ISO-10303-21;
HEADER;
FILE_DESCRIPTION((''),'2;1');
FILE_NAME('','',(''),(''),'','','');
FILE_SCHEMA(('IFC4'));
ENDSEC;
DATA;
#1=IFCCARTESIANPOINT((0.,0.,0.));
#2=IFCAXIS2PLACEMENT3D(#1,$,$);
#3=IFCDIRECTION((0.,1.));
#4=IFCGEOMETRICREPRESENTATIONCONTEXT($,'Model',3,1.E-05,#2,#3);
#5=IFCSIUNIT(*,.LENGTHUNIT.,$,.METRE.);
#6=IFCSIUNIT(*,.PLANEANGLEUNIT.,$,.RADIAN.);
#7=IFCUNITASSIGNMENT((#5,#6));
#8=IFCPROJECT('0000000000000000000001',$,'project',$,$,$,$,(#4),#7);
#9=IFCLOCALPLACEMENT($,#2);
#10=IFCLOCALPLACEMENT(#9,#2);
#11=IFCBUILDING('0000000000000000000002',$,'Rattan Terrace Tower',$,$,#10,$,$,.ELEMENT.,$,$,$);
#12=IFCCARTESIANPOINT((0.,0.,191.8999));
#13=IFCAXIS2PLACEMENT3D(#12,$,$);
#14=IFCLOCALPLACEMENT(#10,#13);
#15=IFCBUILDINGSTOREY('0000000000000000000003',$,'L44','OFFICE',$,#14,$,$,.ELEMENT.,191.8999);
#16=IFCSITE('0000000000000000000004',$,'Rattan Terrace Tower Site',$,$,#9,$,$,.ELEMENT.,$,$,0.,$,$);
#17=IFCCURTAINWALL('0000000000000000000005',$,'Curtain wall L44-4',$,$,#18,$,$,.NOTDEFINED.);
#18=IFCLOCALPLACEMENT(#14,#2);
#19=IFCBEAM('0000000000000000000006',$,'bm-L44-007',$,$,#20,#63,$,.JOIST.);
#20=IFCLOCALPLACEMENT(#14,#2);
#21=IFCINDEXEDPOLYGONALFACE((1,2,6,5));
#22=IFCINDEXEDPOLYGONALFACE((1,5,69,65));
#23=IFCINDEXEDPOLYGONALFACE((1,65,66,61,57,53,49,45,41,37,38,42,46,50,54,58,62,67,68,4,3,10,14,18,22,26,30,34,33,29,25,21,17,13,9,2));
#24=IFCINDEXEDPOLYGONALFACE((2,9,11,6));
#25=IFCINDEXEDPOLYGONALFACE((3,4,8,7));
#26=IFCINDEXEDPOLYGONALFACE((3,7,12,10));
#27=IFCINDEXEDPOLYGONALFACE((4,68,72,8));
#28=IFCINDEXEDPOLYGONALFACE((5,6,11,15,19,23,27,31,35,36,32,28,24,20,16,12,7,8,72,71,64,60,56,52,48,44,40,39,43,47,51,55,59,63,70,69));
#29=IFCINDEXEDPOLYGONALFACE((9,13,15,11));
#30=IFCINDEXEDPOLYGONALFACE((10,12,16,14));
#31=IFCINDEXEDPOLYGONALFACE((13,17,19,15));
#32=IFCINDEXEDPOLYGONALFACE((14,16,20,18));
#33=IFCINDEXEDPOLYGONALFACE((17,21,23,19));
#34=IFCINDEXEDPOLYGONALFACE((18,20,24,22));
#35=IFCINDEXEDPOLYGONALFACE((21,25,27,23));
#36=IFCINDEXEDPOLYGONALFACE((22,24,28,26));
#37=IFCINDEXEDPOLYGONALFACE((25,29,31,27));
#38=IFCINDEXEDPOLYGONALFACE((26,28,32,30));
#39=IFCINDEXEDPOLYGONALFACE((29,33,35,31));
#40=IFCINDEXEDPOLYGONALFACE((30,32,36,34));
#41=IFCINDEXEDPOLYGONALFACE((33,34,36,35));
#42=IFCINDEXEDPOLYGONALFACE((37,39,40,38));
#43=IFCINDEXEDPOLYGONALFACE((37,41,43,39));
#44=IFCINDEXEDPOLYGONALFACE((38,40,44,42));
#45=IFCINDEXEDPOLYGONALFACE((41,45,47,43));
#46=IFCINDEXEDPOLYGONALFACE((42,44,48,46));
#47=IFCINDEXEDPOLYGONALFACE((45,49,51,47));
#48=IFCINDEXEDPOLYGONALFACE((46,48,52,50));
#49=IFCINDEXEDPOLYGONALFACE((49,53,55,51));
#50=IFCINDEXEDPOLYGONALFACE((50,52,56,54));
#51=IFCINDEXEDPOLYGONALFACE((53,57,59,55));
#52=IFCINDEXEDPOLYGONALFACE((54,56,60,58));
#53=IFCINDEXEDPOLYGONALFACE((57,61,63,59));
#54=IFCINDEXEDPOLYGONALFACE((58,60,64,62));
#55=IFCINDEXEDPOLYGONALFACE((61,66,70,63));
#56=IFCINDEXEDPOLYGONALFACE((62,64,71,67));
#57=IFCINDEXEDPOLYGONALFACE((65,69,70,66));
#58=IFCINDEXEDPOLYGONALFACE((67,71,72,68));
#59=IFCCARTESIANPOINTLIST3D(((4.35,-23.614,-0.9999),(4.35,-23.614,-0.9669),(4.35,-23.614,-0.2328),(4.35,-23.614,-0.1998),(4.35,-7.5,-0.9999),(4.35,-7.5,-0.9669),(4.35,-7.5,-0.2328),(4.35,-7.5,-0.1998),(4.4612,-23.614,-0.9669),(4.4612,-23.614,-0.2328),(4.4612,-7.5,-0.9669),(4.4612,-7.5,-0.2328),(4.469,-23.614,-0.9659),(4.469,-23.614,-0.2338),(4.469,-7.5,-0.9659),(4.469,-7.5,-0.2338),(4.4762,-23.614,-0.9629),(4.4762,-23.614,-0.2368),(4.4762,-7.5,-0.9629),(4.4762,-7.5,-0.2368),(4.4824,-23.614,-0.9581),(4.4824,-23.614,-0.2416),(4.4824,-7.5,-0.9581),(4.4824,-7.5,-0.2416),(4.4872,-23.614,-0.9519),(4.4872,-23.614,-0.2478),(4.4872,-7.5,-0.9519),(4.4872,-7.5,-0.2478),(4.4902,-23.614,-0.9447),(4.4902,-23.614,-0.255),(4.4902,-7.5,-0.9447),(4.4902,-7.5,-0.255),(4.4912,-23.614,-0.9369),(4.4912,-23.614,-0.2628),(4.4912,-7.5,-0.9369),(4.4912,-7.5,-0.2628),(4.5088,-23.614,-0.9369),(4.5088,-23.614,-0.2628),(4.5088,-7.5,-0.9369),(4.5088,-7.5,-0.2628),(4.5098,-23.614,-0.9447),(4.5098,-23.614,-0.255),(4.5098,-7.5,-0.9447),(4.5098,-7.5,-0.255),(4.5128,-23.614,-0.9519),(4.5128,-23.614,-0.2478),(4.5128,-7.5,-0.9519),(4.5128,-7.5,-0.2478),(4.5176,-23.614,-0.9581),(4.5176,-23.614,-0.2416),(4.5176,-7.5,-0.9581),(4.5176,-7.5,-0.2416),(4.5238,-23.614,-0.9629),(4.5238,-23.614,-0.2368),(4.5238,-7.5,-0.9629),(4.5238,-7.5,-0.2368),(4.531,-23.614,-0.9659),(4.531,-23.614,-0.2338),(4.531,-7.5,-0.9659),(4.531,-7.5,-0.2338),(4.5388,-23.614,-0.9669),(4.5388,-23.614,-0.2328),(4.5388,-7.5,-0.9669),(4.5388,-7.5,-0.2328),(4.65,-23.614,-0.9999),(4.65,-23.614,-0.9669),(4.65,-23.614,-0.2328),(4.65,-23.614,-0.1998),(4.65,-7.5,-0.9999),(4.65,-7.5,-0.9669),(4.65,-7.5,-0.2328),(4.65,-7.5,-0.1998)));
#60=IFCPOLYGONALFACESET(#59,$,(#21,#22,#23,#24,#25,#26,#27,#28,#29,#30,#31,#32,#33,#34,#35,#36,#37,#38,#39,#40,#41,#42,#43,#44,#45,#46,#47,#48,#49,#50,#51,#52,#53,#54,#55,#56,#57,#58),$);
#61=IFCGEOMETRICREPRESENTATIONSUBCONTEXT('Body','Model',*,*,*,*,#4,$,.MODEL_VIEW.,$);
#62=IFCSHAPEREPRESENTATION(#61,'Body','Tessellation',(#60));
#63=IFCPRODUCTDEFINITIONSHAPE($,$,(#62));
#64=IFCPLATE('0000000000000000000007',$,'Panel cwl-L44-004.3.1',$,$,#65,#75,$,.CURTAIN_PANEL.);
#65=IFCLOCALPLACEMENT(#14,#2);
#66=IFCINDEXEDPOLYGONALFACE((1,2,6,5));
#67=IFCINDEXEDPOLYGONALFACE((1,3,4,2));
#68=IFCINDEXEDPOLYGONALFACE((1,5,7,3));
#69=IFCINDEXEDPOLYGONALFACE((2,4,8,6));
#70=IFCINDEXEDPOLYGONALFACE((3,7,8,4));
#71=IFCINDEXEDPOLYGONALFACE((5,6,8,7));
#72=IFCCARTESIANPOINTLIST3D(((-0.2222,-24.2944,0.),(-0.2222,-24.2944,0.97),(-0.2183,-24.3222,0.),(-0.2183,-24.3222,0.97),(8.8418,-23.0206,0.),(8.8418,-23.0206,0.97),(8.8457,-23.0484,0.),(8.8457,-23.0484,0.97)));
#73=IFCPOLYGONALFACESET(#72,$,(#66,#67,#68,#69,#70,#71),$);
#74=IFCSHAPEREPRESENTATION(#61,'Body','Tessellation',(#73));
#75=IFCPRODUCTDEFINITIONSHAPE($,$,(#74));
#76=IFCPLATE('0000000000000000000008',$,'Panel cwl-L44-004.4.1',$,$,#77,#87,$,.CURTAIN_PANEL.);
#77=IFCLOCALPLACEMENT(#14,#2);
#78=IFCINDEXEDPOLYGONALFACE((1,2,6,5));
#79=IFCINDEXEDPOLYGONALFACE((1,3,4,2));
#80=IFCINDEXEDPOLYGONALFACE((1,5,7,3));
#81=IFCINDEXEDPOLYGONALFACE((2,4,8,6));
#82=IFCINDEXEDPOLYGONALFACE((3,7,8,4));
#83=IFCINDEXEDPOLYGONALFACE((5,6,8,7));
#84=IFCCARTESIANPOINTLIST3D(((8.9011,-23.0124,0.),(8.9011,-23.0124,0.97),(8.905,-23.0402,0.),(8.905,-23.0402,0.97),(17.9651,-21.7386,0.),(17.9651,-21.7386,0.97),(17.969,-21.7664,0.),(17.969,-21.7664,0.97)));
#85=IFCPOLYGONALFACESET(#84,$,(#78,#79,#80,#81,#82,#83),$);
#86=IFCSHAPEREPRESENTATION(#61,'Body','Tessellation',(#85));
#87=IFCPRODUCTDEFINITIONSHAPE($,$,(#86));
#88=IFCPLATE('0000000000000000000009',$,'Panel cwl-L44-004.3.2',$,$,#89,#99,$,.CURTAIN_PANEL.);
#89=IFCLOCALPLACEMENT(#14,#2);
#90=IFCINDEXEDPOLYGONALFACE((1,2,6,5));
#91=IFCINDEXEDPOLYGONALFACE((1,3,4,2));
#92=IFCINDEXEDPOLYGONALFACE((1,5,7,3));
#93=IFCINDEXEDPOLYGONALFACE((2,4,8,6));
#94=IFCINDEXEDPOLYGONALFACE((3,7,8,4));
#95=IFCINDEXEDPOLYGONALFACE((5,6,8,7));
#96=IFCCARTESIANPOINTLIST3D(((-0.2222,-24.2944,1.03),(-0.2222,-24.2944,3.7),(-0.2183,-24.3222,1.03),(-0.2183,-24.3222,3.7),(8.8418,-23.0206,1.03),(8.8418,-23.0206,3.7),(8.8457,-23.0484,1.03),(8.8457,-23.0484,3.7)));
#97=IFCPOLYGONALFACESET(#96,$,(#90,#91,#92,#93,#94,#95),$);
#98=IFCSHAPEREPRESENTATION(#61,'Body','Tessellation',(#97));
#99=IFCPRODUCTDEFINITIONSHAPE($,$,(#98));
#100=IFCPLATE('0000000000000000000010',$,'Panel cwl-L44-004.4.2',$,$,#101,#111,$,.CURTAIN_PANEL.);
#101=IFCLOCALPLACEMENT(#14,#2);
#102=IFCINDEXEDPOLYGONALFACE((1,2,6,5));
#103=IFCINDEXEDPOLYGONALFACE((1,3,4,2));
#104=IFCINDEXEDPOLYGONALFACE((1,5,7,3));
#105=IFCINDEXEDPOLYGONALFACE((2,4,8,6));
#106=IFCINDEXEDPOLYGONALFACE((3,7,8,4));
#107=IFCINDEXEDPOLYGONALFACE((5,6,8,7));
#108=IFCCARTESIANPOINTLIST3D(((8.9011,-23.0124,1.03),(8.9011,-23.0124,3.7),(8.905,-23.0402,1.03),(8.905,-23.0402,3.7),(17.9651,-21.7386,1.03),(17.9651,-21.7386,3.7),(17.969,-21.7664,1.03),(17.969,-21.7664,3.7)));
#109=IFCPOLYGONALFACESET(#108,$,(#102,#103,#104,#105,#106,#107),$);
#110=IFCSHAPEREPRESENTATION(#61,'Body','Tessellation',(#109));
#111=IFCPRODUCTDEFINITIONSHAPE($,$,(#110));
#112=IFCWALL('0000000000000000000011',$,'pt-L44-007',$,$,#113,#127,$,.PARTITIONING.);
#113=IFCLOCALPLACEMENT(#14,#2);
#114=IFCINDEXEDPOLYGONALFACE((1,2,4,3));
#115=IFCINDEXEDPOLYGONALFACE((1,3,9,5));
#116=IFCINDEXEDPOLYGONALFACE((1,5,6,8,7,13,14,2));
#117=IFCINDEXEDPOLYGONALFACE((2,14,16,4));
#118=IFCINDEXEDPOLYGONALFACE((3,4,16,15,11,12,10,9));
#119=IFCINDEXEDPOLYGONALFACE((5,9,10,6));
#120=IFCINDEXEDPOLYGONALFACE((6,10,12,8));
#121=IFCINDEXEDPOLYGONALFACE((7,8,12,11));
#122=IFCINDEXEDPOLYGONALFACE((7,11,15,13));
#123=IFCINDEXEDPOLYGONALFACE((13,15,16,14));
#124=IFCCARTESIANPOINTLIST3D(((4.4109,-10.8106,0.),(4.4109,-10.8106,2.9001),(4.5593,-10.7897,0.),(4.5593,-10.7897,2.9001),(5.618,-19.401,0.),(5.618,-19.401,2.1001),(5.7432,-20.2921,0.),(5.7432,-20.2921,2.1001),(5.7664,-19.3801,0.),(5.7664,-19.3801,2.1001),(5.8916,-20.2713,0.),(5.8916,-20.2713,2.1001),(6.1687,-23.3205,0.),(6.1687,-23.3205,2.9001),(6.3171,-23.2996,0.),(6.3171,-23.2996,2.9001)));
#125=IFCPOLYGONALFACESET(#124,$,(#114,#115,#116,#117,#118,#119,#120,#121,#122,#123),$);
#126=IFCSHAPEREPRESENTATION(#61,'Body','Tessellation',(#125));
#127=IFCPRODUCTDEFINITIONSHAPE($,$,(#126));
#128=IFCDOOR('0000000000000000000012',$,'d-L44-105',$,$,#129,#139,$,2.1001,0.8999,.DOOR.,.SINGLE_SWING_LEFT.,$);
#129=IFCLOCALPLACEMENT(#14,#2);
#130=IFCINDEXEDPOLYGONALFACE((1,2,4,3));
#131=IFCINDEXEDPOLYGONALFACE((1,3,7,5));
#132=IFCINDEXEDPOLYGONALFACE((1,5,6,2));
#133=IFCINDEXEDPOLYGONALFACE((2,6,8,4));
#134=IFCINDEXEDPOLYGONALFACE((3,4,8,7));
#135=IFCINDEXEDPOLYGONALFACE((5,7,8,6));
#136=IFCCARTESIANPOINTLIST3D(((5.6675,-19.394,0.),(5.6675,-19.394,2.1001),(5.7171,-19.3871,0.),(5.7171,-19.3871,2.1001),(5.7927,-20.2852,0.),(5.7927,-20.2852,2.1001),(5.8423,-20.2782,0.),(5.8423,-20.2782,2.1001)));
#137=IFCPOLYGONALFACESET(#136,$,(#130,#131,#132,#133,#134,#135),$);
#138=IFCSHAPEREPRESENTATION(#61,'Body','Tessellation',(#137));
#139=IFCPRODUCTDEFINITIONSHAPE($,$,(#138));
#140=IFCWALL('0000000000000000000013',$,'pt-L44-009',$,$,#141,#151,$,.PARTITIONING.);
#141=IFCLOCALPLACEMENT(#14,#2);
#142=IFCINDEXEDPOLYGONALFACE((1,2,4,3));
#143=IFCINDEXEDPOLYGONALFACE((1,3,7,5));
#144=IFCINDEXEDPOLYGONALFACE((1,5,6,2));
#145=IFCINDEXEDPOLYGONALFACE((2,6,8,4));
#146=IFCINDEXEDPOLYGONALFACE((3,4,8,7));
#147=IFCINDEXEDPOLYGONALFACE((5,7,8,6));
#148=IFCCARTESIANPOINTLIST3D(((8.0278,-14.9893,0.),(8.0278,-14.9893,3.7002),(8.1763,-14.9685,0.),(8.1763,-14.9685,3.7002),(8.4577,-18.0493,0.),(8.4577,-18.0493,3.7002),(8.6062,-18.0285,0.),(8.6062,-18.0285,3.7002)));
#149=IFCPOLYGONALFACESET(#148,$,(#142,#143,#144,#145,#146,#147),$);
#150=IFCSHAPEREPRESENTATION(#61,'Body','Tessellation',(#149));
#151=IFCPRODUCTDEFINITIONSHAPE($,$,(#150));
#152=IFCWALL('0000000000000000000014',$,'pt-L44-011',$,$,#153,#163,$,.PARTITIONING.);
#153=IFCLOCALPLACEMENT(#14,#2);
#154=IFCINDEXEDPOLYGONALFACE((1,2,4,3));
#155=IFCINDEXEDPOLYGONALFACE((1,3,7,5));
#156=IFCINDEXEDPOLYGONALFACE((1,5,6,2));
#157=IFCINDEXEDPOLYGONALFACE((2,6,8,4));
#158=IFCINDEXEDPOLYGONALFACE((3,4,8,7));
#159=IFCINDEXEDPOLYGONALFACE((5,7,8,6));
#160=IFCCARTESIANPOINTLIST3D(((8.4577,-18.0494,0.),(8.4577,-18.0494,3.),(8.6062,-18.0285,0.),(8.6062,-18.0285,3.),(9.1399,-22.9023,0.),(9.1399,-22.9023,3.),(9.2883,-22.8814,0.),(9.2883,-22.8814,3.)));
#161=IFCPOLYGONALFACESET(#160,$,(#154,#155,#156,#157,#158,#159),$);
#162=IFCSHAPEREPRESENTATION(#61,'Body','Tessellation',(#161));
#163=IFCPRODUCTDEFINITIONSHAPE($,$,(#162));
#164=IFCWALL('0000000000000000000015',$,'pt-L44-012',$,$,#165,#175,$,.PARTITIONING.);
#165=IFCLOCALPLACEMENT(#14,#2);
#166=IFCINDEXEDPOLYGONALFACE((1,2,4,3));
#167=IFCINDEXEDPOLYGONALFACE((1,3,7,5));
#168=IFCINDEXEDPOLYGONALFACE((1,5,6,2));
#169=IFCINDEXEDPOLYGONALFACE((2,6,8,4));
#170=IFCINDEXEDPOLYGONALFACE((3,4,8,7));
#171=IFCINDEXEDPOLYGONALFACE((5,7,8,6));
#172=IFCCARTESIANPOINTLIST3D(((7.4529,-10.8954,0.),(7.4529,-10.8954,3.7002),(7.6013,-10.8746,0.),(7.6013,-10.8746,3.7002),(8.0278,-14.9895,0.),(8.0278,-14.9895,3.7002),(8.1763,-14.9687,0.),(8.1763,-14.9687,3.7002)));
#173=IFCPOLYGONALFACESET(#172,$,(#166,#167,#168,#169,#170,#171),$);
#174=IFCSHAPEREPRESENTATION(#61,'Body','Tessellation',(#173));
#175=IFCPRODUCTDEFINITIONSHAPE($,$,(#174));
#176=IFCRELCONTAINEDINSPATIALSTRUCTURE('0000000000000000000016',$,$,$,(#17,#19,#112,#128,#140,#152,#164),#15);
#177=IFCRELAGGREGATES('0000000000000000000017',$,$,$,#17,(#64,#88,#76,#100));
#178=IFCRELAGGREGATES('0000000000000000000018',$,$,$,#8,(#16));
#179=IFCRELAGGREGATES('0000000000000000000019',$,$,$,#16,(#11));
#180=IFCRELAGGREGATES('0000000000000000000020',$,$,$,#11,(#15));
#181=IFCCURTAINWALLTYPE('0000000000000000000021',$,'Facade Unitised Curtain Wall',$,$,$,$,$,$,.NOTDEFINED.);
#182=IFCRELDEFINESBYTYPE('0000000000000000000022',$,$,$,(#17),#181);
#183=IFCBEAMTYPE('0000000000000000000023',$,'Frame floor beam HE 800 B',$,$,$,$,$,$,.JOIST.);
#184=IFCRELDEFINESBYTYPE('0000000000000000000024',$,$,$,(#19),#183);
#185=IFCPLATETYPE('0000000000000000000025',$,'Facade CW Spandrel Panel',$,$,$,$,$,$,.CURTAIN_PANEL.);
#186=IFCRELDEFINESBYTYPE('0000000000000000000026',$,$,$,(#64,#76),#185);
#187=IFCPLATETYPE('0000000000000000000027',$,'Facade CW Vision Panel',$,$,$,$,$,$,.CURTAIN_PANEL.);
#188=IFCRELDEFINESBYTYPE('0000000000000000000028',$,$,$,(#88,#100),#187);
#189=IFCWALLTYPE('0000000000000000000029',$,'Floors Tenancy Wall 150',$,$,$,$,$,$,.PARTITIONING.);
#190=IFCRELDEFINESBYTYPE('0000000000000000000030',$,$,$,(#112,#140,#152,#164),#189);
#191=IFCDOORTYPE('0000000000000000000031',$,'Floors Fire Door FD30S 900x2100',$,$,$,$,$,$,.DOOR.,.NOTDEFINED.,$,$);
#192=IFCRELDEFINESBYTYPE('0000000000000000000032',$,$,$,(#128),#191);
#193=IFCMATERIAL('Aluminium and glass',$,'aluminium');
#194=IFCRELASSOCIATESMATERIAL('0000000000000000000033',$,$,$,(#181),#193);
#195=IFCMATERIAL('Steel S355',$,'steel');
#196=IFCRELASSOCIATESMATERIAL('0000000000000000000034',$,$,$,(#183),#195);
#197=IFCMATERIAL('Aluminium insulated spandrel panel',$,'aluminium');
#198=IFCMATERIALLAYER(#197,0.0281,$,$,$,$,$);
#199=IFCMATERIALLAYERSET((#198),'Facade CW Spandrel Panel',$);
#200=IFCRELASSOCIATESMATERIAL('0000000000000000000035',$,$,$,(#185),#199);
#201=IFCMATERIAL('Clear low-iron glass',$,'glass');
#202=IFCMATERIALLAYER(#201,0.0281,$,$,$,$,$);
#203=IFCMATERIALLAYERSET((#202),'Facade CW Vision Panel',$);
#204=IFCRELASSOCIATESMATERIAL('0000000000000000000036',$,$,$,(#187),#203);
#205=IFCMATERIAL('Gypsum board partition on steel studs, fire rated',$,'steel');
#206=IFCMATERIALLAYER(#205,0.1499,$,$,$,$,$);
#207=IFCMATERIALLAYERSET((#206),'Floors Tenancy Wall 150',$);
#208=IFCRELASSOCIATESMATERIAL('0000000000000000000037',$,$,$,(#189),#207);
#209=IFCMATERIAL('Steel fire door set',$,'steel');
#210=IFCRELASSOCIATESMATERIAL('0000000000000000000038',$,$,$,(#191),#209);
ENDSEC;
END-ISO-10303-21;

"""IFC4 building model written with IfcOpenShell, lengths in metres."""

from ifc_helpers import new_model, si_unit, direction, frame, frame_2d, origin, origin_2d, place, context, subcontext, project, spatial, rectangle, i_section, extrude, material, layer, layer_set, material_profile, profile_set, type_object, element, fill, aggregate, save


model = new_model("IFC4")

# Units and contexts
model_context = context("Model", 3, precision=1e-05, world=origin(), true_north=direction((0.0, 1.0)))
body_context = subcontext(model_context, "Body", "Model", "MODEL_VIEW")
ifc_project = project(units=[si_unit("LENGTHUNIT", "METRE"), si_unit("PLANEANGLEUNIT", "RADIAN")], contexts=[model_context])

# Site, building, storey
site_placement = place(None, origin())
site = spatial("IfcSite", under=ifc_project, at=site_placement, Name="Rattan Terrace Tower Site", CompositionType="ELEMENT", RefElevation=0.0)
building_placement = place(site_placement, origin())
building = spatial("IfcBuilding", under=site, at=building_placement, Name="Rattan Terrace Tower", CompositionType="ELEMENT")
storey_placement = place(building_placement, frame((0.0, 0.0, 191.8999)))
storey = spatial("IfcBuildingStorey", under=building, at=storey_placement, Name="L44", Description="OFFICE", CompositionType="ELEMENT", Elevation=191.8999)

# Curtain wall
ifc_material_1 = material(Name="Aluminium and glass", Category="aluminium")
curtain_wall_type = type_object("IfcCurtainWallType", Name="Facade Unitised Curtain Wall", PredefinedType="NOTDEFINED", material=ifc_material_1)
curtain_wall_placement = place(storey_placement, origin())
curtain_wall = element("IfcCurtainWall", 1, at=curtain_wall_placement, inside=storey, type_object=curtain_wall_type, Name="Curtain wall L44-4", PredefinedType="NOTDEFINED")

# Beam
ifc_material_2 = material(Name="Steel S355", Category="steel")
ifc_material_profile_1 = material_profile(ifc_material_2, i_section(OverallWidth=0.3, OverallDepth=0.8, WebThickness=0.0176, FlangeThickness=0.033, FilletRadius=0.03, at=origin_2d()), Name="HE 800 B")
ifc_profile_set_1 = profile_set([ifc_material_profile_1], Name="Steel S355")
beam_type_1 = type_object("IfcBeamType", Name="Frame floor beam HE 800 B", PredefinedType="JOIST", material=ifc_profile_set_1)
beam_1_placement = place(storey_placement, frame((4.5, -23.614, -0.5999), z_axis=(0.0, 1.0, 0.0), x_axis=(-1.0, 0.0, 0.0)))
element("IfcBeam", 2, at=beam_1_placement, inside=storey, type_object=beam_type_1, Name="bm-L44-007", PredefinedType="JOIST", context=body_context, shape_type="SweptSolid", body=[
    extrude(i_section(OverallWidth=0.3, OverallDepth=0.8, WebThickness=0.0176, FlangeThickness=0.033, FilletRadius=0.03, at=origin_2d()), origin(), (0.0, 0.0, 1.0), 16.114),
])

# Plates
ifc_material_3 = material(Name="Aluminium insulated spandrel panel", Category="aluminium")
ifc_layer_1 = layer(ifc_material_3, 0.0281)
ifc_layer_set_1 = layer_set([ifc_layer_1], Name="Facade CW Spandrel Panel")
plate_type_1 = type_object("IfcPlateType", Name="Facade CW Spandrel Panel", PredefinedType="CURTAIN_PANEL", material=ifc_layer_set_1)
plate_1_placement = place(storey_placement, frame((4.3118, -23.6714, 0.0), z_axis=(0.0, 0.0, 1.0), x_axis=(0.99027, 0.139161, 0.0)))
plate_1 = element("IfcPlate", 3, at=plate_1_placement, type_object=plate_type_1, Name="Panel cwl-L44-004.3.1", PredefinedType="CURTAIN_PANEL", context=body_context, shape_type="SweptSolid", body=[
    extrude(rectangle(XDim=9.1531, YDim=0.0281, at=origin_2d()), origin(), (0.0, 0.0, 1.0), 0.97),
])
plate_2_placement = place(storey_placement, frame((13.4351, -22.3894, 0.0), z_axis=(0.0, 0.0, 1.0), x_axis=(0.99027, 0.139161, 0.0)))
plate_2 = element("IfcPlate", 4, at=plate_2_placement, type_object=plate_type_1, Name="Panel cwl-L44-004.4.1", PredefinedType="CURTAIN_PANEL", context=body_context, shape_type="SweptSolid", body=[
    extrude(rectangle(XDim=9.1531, YDim=0.0281, at=origin_2d()), origin(), (0.0, 0.0, 1.0), 0.97),
])
ifc_material_4 = material(Name="Clear low-iron glass", Category="glass")
ifc_layer_2 = layer(ifc_material_4, 0.0281)
ifc_layer_set_2 = layer_set([ifc_layer_2], Name="Facade CW Vision Panel")
plate_type_2 = type_object("IfcPlateType", Name="Facade CW Vision Panel", PredefinedType="CURTAIN_PANEL", material=ifc_layer_set_2)
plate_3_placement = place(storey_placement, frame((4.3118, -23.6714, 1.03), z_axis=(0.0, 0.0, 1.0), x_axis=(0.99027, 0.139161, 0.0)))
plate_3 = element("IfcPlate", 5, at=plate_3_placement, type_object=plate_type_2, Name="Panel cwl-L44-004.3.2", PredefinedType="CURTAIN_PANEL", context=body_context, shape_type="SweptSolid", body=[
    extrude(rectangle(XDim=9.1531, YDim=0.0281, at=origin_2d()), origin(), (0.0, 0.0, 1.0), 2.6699),
])
plate_4_placement = place(storey_placement, frame((13.4351, -22.3894, 1.03), z_axis=(0.0, 0.0, 1.0), x_axis=(0.99027, 0.139161, 0.0)))
plate_4 = element("IfcPlate", 6, at=plate_4_placement, type_object=plate_type_2, Name="Panel cwl-L44-004.4.2", PredefinedType="CURTAIN_PANEL", context=body_context, shape_type="SweptSolid", body=[
    extrude(rectangle(XDim=9.1531, YDim=0.0281, at=origin_2d()), origin(), (0.0, 0.0, 1.0), 2.6699),
])
aggregate(curtain_wall, [plate_1, plate_3, plate_2, plate_4])

# Wall, opening, door
ifc_material_5 = material(Name="Gypsum board partition on steel studs, fire rated", Category="steel")
ifc_layer_3 = layer(ifc_material_5, 0.1499)
ifc_layer_set_3 = layer_set([ifc_layer_3], Name="Floors Tenancy Wall 150")
wall_type_1 = type_object("IfcWallType", Name="Floors Tenancy Wall 150", PredefinedType="PARTITIONING", material=ifc_layer_set_3)
wall_1_placement = place(storey_placement, frame((6.2429, -23.3101, 0.0), z_axis=(0.0, 0.0, 1.0), x_axis=(-0.139146, 0.990272, 0.0)))
wall_1 = element("IfcWall", 7, at=wall_1_placement, inside=storey, type_object=wall_type_1, Name="pt-L44-007", PredefinedType="PARTITIONING", context=body_context, shape_type="SweptSolid", body=[
    extrude(rectangle(XDim=12.6328, YDim=0.1499, at=frame_2d((6.3164, 0.0))), origin(), (0.0, 0.0, 1.0), 2.9001),
])
opening_1_placement = place(wall_1_placement, frame((3.0581, 0.0, 0.0)))
opening_1 = element("IfcOpeningElement", 8, at=opening_1_placement, cuts=wall_1, PredefinedType="OPENING", context=body_context, shape_type="SweptSolid", body=[
    extrude(rectangle(XDim=0.8999, YDim=2.1001, at=frame_2d((0.45, 1.05))), frame((0.0, 0.0854, 0.0), z_axis=(0.0, -1.0, 0.0), x_axis=(1.0, 0.0, 0.0)), (0.0, 0.0, 1.0), 0.1709),
])
ifc_material_6 = material(Name="Steel fire door set", Category="steel")
door_type_1 = type_object("IfcDoorType", Name="Floors Fire Door FD30S 900x2100", OperationType="NOTDEFINED", PredefinedType="DOOR", material=ifc_material_6)
door_1_placement = place(opening_1_placement, origin())
door_1 = element("IfcDoor", 9, at=door_1_placement, inside=storey, type_object=door_type_1, Name="d-L44-105", OperationType="SINGLE_SWING_LEFT", OverallHeight=2.1001, OverallWidth=0.8999, PredefinedType="DOOR", context=body_context, shape_type="SweptSolid", body=[
    extrude(rectangle(XDim=0.8999, YDim=2.1001, at=frame_2d((0.45, 1.05))), frame((0.0, 0.0249, 0.0), z_axis=(0.0, -1.0, 0.0), x_axis=(1.0, 0.0, 0.0)), (0.0, 0.0, 1.0), 0.05),
])
fill(opening_1, door_1)

# Walls
wall_2_placement = place(storey_placement, frame((8.1021, -14.979, 0.0), z_axis=(0.0, 0.0, 1.0), x_axis=(0.139131, -0.990274, 0.0)))
element("IfcWall", 10, at=wall_2_placement, inside=storey, type_object=wall_type_1, Name="pt-L44-009", PredefinedType="PARTITIONING", context=body_context, shape_type="SweptSolid", body=[
    extrude(rectangle(XDim=3.0901, YDim=0.1499, at=frame_2d((1.5449, 0.0))), origin(), (0.0, 0.0, 1.0), 3.7002),
])
wall_3_placement = place(storey_placement, frame((8.532, -18.0391, 0.0), z_axis=(0.0, 0.0, 1.0), x_axis=(0.139189, -0.990266, 0.0)))
element("IfcWall", 11, at=wall_3_placement, inside=storey, type_object=wall_type_1, Name="pt-L44-011", PredefinedType="PARTITIONING", context=body_context, shape_type="SweptSolid", body=[
    extrude(rectangle(XDim=4.9006, YDim=0.1499, at=frame_2d((2.4502, 0.0))), origin(), (0.0, 0.0, 1.0), 3.0),
])
wall_4_placement = place(storey_placement, frame((7.5271, -10.885, 0.0), z_axis=(0.0, 0.0, 1.0), x_axis=(0.139073, -0.990282, 0.0)))
element("IfcWall", 12, at=wall_4_placement, inside=storey, type_object=wall_type_1, Name="pt-L44-012", PredefinedType="PARTITIONING", context=body_context, shape_type="SweptSolid", body=[
    extrude(rectangle(XDim=4.1343, YDim=0.1499, at=frame_2d((2.0671, 0.0))), origin(), (0.0, 0.0, 1.0), 3.7002),
])

save(model, "model.ifc")
